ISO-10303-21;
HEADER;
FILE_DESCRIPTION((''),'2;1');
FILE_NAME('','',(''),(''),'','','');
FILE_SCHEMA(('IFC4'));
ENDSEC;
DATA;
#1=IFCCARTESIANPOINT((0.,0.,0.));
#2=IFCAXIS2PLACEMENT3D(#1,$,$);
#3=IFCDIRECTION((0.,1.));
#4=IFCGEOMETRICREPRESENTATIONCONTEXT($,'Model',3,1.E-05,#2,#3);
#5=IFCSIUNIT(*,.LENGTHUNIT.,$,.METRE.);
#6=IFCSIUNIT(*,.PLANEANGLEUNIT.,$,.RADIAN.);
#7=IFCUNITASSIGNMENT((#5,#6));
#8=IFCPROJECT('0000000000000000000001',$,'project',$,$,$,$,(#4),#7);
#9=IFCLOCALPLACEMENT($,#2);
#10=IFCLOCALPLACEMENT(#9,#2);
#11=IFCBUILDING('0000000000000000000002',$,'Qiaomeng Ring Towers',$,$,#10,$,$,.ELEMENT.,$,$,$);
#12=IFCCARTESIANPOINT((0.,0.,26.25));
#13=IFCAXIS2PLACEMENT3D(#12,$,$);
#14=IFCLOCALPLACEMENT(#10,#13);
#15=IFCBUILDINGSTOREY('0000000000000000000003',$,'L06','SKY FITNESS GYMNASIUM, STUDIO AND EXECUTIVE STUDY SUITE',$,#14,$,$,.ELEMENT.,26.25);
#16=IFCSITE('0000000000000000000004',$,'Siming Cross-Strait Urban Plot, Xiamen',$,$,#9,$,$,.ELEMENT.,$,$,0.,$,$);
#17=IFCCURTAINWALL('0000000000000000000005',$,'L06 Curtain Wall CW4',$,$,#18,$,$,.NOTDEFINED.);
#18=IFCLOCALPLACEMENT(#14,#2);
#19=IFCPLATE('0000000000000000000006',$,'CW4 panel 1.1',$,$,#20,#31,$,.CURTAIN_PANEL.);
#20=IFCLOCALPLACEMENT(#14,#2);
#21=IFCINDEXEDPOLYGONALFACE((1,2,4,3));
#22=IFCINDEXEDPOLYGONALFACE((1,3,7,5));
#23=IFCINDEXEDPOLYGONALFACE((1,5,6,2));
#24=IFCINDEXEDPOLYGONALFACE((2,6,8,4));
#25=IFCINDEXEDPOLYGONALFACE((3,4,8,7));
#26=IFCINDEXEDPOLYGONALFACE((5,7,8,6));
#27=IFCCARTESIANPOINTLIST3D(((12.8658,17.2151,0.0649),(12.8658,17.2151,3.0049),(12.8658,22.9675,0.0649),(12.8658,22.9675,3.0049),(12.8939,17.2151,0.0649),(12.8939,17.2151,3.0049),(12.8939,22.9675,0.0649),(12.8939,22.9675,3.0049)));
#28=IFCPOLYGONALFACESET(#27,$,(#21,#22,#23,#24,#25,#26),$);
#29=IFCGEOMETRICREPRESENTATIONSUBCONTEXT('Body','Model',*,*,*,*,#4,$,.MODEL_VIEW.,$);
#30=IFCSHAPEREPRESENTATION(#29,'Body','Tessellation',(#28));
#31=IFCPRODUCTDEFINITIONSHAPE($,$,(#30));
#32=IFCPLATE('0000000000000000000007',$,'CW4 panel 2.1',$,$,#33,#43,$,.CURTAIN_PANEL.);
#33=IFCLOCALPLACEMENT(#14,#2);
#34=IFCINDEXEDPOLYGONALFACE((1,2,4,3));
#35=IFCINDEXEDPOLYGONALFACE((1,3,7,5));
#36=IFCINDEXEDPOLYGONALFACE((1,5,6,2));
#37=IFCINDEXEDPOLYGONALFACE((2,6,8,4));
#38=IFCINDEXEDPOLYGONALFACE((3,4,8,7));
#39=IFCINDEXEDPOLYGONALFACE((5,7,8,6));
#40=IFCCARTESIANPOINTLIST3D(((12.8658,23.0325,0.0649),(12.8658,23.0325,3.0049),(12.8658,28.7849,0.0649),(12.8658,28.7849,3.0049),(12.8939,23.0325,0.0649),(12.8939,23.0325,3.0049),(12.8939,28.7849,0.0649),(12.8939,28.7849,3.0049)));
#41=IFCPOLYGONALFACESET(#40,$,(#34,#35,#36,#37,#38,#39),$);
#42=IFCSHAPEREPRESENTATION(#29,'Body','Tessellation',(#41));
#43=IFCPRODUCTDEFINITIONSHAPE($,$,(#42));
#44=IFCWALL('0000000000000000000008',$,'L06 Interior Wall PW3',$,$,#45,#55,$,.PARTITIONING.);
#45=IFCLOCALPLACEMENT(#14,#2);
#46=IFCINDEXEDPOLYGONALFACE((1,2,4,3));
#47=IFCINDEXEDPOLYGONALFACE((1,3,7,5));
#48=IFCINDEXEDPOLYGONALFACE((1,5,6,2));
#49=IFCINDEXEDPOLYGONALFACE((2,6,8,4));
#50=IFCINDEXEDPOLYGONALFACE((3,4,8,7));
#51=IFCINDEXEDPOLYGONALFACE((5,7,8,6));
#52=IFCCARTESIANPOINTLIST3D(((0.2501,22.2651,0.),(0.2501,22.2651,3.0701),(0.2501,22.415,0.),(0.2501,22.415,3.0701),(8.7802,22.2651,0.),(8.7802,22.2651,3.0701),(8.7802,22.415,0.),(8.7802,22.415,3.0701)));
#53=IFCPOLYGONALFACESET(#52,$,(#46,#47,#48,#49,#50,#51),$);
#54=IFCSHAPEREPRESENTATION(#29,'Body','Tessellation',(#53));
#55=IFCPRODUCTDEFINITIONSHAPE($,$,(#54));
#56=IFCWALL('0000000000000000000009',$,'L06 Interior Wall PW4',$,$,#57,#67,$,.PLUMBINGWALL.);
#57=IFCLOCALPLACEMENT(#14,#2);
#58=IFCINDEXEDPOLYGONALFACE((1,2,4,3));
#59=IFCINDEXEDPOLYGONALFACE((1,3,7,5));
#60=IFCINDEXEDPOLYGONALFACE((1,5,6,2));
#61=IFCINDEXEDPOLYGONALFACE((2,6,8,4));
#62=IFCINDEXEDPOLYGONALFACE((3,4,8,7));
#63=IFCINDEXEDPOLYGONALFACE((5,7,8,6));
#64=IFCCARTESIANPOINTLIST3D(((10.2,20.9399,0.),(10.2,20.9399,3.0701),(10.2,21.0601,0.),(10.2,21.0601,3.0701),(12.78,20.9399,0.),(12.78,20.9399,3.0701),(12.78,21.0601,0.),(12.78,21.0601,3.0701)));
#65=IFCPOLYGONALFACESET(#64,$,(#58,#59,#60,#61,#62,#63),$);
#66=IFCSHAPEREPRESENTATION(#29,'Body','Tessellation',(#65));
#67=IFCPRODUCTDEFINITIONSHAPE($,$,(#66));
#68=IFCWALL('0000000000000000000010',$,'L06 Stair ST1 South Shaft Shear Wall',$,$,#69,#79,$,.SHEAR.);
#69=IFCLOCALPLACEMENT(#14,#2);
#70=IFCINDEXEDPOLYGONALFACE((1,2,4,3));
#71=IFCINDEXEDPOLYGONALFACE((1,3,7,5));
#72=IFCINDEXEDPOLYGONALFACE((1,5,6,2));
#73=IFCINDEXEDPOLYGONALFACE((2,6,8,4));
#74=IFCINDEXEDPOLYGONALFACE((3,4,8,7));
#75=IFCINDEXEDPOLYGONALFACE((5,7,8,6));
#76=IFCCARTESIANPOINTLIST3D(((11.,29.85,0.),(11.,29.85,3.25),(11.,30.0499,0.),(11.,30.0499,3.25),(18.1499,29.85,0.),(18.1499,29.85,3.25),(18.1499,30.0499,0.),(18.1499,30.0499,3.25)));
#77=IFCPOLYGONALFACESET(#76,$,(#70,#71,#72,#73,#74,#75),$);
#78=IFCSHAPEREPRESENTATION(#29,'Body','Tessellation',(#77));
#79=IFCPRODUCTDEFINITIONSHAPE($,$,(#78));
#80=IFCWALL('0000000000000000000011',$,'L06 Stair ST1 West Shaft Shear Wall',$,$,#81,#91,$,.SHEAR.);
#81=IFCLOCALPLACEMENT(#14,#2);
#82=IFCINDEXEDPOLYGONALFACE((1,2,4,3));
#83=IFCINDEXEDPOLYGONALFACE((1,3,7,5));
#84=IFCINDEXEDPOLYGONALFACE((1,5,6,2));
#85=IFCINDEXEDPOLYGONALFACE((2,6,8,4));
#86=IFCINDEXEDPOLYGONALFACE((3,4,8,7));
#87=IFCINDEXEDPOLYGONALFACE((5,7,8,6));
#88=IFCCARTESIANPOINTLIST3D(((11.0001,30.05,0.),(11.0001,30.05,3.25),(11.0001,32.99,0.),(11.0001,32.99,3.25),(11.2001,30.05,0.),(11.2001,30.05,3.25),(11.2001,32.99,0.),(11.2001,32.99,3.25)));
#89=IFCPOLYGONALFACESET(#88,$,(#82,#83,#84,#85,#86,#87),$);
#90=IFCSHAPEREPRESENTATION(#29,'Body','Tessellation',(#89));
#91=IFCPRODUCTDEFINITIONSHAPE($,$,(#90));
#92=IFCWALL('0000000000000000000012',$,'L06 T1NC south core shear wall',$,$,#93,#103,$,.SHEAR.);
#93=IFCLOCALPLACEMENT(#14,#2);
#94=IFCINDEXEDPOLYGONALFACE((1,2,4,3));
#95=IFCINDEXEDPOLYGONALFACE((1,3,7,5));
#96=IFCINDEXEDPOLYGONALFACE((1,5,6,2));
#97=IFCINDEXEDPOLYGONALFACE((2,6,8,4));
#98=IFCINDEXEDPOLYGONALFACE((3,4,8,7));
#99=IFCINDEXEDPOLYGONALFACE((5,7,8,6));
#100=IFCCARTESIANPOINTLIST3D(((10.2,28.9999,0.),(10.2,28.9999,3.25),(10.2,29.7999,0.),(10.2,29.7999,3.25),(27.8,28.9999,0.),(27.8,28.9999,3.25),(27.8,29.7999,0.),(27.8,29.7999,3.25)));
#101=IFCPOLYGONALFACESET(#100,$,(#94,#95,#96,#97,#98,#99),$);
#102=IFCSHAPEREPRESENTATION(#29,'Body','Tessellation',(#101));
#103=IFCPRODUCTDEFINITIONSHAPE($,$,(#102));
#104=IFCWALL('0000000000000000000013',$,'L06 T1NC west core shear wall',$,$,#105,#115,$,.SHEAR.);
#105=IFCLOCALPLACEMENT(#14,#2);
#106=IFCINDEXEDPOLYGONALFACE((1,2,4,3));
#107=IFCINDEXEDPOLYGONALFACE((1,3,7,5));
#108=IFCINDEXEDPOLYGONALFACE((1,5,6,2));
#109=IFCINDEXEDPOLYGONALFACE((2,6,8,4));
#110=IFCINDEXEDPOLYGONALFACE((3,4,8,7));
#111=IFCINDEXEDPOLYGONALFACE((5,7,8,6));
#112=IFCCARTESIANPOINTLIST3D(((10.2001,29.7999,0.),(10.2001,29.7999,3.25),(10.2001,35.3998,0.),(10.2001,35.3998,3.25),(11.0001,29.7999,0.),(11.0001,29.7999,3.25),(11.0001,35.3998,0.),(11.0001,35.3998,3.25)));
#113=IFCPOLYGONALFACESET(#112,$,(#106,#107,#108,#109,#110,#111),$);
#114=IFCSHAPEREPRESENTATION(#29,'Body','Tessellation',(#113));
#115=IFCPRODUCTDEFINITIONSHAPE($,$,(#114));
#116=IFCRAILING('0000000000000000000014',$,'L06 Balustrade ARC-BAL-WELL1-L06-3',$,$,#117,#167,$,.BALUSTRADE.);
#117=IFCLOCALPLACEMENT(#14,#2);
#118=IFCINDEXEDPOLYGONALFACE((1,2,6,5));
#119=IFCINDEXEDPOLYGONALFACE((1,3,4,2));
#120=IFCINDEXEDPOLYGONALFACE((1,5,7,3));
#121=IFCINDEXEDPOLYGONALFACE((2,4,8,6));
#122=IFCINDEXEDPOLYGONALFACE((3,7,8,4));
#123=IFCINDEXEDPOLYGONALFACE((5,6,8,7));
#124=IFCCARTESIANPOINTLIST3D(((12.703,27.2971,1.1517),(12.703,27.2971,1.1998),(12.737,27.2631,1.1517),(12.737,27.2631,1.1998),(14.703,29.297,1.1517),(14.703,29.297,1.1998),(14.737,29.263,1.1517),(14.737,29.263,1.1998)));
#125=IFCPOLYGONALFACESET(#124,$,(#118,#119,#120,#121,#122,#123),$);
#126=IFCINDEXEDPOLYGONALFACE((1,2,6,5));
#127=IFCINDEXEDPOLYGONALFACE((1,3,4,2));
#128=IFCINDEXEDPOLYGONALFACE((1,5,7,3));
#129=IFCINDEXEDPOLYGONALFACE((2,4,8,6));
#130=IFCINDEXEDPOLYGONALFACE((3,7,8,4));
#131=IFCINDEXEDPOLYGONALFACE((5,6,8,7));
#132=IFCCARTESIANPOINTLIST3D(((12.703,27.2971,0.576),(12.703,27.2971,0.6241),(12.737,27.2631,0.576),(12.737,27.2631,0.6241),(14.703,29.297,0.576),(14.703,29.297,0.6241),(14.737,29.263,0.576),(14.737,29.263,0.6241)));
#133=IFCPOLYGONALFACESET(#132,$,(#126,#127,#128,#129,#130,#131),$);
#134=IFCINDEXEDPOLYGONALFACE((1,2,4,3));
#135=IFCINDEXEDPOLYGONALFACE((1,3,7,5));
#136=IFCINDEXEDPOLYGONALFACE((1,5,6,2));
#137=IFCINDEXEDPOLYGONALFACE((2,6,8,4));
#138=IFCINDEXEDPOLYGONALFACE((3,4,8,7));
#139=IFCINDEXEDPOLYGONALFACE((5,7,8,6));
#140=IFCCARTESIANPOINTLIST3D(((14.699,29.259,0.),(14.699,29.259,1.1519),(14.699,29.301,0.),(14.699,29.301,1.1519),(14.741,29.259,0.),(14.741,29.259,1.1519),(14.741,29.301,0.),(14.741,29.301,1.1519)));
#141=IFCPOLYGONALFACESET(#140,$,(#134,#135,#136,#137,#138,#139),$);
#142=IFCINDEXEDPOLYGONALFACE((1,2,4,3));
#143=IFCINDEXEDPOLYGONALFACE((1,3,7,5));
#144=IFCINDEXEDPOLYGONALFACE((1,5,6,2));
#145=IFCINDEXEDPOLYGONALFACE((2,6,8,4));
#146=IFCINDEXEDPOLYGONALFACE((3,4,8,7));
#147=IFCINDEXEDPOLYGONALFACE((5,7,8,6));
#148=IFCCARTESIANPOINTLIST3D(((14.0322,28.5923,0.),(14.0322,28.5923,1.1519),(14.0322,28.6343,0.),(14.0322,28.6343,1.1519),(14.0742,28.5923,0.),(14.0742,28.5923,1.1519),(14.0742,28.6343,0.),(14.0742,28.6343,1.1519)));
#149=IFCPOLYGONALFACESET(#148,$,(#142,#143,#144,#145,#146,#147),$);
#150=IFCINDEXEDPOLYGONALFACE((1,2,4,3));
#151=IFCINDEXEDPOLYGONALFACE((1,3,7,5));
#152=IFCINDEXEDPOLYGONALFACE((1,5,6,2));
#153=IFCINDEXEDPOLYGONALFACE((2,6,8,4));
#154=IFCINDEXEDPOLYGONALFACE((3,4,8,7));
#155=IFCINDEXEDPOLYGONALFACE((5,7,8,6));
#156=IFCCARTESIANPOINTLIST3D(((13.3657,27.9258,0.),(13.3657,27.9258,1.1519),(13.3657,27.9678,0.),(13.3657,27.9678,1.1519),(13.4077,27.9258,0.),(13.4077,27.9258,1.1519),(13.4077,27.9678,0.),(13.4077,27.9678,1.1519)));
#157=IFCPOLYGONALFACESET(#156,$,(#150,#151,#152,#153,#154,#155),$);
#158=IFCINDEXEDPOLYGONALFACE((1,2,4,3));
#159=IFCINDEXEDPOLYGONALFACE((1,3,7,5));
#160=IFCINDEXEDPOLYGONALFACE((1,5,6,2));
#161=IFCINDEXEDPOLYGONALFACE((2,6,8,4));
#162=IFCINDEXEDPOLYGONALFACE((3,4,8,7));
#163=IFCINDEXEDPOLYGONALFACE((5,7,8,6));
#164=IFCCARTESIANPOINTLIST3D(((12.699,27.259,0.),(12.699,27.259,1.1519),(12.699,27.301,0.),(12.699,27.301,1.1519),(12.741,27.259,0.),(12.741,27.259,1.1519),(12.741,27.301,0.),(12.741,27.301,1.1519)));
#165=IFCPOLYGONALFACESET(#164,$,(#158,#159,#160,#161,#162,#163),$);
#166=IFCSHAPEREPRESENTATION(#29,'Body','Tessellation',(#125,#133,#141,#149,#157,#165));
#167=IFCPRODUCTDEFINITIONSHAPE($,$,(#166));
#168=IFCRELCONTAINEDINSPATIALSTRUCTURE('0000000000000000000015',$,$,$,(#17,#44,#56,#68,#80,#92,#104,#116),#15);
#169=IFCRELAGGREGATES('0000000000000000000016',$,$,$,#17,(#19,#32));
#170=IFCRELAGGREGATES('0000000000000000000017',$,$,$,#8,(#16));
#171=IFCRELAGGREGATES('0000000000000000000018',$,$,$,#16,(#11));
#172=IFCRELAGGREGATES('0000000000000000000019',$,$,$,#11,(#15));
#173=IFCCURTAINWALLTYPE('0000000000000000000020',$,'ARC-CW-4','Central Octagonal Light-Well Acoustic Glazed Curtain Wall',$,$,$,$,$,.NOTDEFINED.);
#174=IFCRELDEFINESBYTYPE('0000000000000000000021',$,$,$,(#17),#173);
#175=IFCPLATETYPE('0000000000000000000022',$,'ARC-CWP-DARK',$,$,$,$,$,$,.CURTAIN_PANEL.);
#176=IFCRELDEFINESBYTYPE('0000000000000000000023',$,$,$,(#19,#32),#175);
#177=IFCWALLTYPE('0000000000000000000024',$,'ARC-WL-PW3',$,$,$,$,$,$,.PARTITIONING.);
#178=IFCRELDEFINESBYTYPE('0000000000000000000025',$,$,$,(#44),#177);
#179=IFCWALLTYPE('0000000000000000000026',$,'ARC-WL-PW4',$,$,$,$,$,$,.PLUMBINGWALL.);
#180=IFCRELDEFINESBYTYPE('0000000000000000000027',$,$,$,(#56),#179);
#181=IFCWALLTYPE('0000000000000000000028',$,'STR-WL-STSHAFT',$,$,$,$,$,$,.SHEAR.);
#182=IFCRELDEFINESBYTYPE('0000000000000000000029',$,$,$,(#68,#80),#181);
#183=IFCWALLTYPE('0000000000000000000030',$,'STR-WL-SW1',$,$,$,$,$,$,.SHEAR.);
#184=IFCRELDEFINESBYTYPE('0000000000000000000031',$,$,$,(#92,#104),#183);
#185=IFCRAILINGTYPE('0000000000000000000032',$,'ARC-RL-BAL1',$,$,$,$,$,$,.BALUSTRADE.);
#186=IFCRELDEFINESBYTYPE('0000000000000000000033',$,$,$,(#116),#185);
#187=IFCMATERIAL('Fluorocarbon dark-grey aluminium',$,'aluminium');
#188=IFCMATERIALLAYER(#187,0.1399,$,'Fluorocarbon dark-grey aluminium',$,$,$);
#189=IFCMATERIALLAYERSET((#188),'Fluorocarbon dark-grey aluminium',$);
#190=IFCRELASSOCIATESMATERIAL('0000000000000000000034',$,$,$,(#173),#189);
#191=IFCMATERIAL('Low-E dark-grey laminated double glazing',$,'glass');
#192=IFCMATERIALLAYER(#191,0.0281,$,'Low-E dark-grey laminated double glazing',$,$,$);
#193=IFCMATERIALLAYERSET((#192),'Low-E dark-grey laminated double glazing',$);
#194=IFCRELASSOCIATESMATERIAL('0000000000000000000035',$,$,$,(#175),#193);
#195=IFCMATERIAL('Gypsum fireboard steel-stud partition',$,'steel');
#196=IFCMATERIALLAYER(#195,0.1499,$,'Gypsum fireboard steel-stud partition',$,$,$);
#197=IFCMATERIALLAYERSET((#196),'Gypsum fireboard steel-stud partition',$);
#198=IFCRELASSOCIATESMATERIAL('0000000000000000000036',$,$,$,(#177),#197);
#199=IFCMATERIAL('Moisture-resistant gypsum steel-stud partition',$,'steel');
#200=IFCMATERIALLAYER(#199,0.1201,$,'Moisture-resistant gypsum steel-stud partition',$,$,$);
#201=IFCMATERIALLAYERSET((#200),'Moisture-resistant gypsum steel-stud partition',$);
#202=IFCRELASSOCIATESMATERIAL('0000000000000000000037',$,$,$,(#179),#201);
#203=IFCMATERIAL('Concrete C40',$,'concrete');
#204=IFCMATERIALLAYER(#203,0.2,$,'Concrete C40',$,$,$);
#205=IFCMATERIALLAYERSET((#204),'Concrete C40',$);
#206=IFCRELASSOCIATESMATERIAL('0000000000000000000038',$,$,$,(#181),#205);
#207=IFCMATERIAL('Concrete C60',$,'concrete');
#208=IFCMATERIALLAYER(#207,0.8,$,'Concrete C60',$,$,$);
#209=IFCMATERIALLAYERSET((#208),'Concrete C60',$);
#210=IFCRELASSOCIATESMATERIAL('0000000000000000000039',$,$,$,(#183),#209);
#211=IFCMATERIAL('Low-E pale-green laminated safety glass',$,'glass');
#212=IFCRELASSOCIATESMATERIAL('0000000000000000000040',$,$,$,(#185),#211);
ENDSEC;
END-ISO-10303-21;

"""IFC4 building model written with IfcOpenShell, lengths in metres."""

from ifc_helpers import new_model, si_unit, direction, frame, frame_2d, origin, origin_2d, place, context, subcontext, project, spatial, rectangle, extrude, source, transform, mapped, material, layer, layer_set, type_object, element, aggregate, save


model = new_model("IFC4")

# Units and contexts
model_context = context("Model", 3, precision=1e-05, world=origin(), true_north=direction((0.0, 1.0)))
body_context = subcontext(model_context, "Body", "Model", "MODEL_VIEW")
ifc_project = project(units=[si_unit("LENGTHUNIT", "METRE"), si_unit("PLANEANGLEUNIT", "RADIAN")], contexts=[model_context])

# Site, building, storey
site_placement = place(None, origin())
site = spatial("IfcSite", under=ifc_project, at=site_placement, Name="Siming Cross-Strait Urban Plot, Xiamen", CompositionType="ELEMENT", RefElevation=0.0)
building_placement = place(site_placement, origin())
building = spatial("IfcBuilding", under=site, at=building_placement, Name="Qiaomeng Ring Towers", CompositionType="ELEMENT")
storey_placement = place(building_placement, frame((0.0, 0.0, 26.25)))
storey = spatial("IfcBuildingStorey", under=building, at=storey_placement, Name="L06", Description="SKY FITNESS GYMNASIUM, STUDIO AND EXECUTIVE STUDY SUITE", CompositionType="ELEMENT", Elevation=26.25)

# Shared definitions
ifc_material_1 = material(Name="Concrete C60", Category="concrete")

# Curtain wall
ifc_material_2 = material(Name="Fluorocarbon dark-grey aluminium", Category="aluminium")
ifc_layer_1 = layer(ifc_material_2, 0.1399, Name="Fluorocarbon dark-grey aluminium")
ifc_layer_set_1 = layer_set([ifc_layer_1], Name="Fluorocarbon dark-grey aluminium")
curtain_wall_type = type_object("IfcCurtainWallType", Name="ARC-CW-4", Description="Central Octagonal Light-Well Acoustic Glazed Curtain Wall", PredefinedType="NOTDEFINED", material=ifc_layer_set_1)
curtain_wall_placement = place(storey_placement, origin())
curtain_wall = element("IfcCurtainWall", 1, at=curtain_wall_placement, inside=storey, type_object=curtain_wall_type, Name="L06 Curtain Wall CW4", PredefinedType="NOTDEFINED")

# Plates
ifc_material_3 = material(Name="Low-E dark-grey laminated double glazing", Category="glass")
ifc_layer_2 = layer(ifc_material_3, 0.0281, Name="Low-E dark-grey laminated double glazing")
ifc_layer_set_2 = layer_set([ifc_layer_2], Name="Low-E dark-grey laminated double glazing")
plate_type = type_object("IfcPlateType", Name="ARC-CWP-DARK", PredefinedType="CURTAIN_PANEL", material=ifc_layer_set_2)
shared_shape_1 = source(origin(), body_context, "Body", "SweptSolid", [
    extrude(rectangle(XDim=5.7524, YDim=0.0281, at=origin_2d()), origin(), (0.0, 0.0, 1.0), 2.9399),
])
plate_1_placement = place(storey_placement, frame((12.8799, 20.0913, 0.0649), z_axis=(0.0, 0.0, 1.0), x_axis=(0.0, 1.0, 0.0)))
plate_1 = element("IfcPlate", 2, at=plate_1_placement, type_object=plate_type, Name="CW4 panel 1.1", PredefinedType="CURTAIN_PANEL", context=body_context, shape_type="MappedRepresentation", body=[
    mapped(shared_shape_1, transform((0.0, 0.0, 0.0), x_axis=(1.0, 0.0, 0.0), y_axis=(0.0, 1.0, 0.0), z_axis=(0.0, 0.0, 1.0), scale=1.0)),
])
plate_2_placement = place(storey_placement, frame((12.8799, 25.9087, 0.0649), z_axis=(0.0, 0.0, 1.0), x_axis=(0.0, 1.0, 0.0)))
plate_2 = element("IfcPlate", 3, at=plate_2_placement, type_object=plate_type, Name="CW4 panel 2.1", PredefinedType="CURTAIN_PANEL", context=body_context, shape_type="MappedRepresentation", body=[
    mapped(shared_shape_1, transform((0.0, 0.0, 0.0), x_axis=(1.0, 0.0, 0.0), y_axis=(0.0, 1.0, 0.0), z_axis=(0.0, 0.0, 1.0), scale=1.0)),
])
aggregate(curtain_wall, [plate_1, plate_2])

# Walls
ifc_material_4 = material(Name="Gypsum fireboard steel-stud partition", Category="steel")
ifc_layer_3 = layer(ifc_material_4, 0.1499, Name="Gypsum fireboard steel-stud partition")
ifc_layer_set_3 = layer_set([ifc_layer_3], Name="Gypsum fireboard steel-stud partition")
wall_type_1 = type_object("IfcWallType", Name="ARC-WL-PW3", PredefinedType="PARTITIONING", material=ifc_layer_set_3)
wall_1_placement = place(storey_placement, frame((0.25, 22.3401, 0.0), z_axis=(0.0, 0.0, 1.0), x_axis=(1.0, 0.0, 0.0)))
element("IfcWall", 4, at=wall_1_placement, inside=storey, type_object=wall_type_1, Name="L06 Interior Wall PW3", PredefinedType="PARTITIONING", context=body_context, shape_type="SweptSolid", body=[
    extrude(rectangle(XDim=8.53, YDim=0.1499, at=frame_2d((4.2651, 0.0))), origin(), (0.0, 0.0, 1.0), 3.0701),
])
ifc_material_5 = material(Name="Moisture-resistant gypsum steel-stud partition", Category="steel")
ifc_layer_4 = layer(ifc_material_5, 0.1201, Name="Moisture-resistant gypsum steel-stud partition")
ifc_layer_set_4 = layer_set([ifc_layer_4], Name="Moisture-resistant gypsum steel-stud partition")
wall_type_2 = type_object("IfcWallType", Name="ARC-WL-PW4", PredefinedType="PLUMBINGWALL", material=ifc_layer_set_4)
wall_2_placement = place(storey_placement, frame((10.2, 21.0, 0.0), z_axis=(0.0, 0.0, 1.0), x_axis=(1.0, 0.0, 0.0)))
element("IfcWall", 5, at=wall_2_placement, inside=storey, type_object=wall_type_2, Name="L06 Interior Wall PW4", PredefinedType="PLUMBINGWALL", context=body_context, shape_type="SweptSolid", body=[
    extrude(rectangle(XDim=2.5801, YDim=0.1201, at=frame_2d((1.29, 0.0))), origin(), (0.0, 0.0, 1.0), 3.0701),
])
ifc_material_6 = material(Name="Concrete C40", Category="concrete")
ifc_layer_5 = layer(ifc_material_6, 0.2, Name="Concrete C40")
ifc_layer_set_5 = layer_set([ifc_layer_5], Name="Concrete C40")
wall_type_3 = type_object("IfcWallType", Name="STR-WL-STSHAFT", PredefinedType="SHEAR", material=ifc_layer_set_5)
wall_3_placement = place(storey_placement, frame((11.0, 29.95, 0.0), z_axis=(0.0, 0.0, 1.0), x_axis=(1.0, 0.0, 0.0)))
element("IfcWall", 6, at=wall_3_placement, inside=storey, type_object=wall_type_3, Name="L06 Stair ST1 South Shaft Shear Wall", PredefinedType="SHEAR", context=body_context, shape_type="SweptSolid", body=[
    extrude(rectangle(XDim=7.1499, YDim=0.2, at=frame_2d((3.575, 0.0))), origin(), (0.0, 0.0, 1.0), 3.25),
])
wall_4_placement = place(storey_placement, frame((11.1001, 30.05, 0.0), z_axis=(0.0, 0.0, 1.0), x_axis=(0.0, 1.0, 0.0)))
element("IfcWall", 7, at=wall_4_placement, inside=storey, type_object=wall_type_3, Name="L06 Stair ST1 West Shaft Shear Wall", PredefinedType="SHEAR", context=body_context, shape_type="SweptSolid", body=[
    extrude(rectangle(XDim=2.9399, YDim=0.2, at=frame_2d((1.47, 0.0))), origin(), (0.0, 0.0, 1.0), 3.25),
])
ifc_layer_6 = layer(ifc_material_1, 0.8, Name="Concrete C60")
ifc_layer_set_6 = layer_set([ifc_layer_6], Name="Concrete C60")
wall_type_4 = type_object("IfcWallType", Name="STR-WL-SW1", PredefinedType="SHEAR", material=ifc_layer_set_6)
wall_5_placement = place(storey_placement, frame((10.2, 29.3999, 0.0), z_axis=(0.0, 0.0, 1.0), x_axis=(1.0, 0.0, 0.0)))
element("IfcWall", 8, at=wall_5_placement, inside=storey, type_object=wall_type_4, Name="L06 T1NC south core shear wall", PredefinedType="SHEAR", context=body_context, shape_type="SweptSolid", body=[
    extrude(rectangle(XDim=17.6001, YDim=0.8, at=frame_2d((8.8, 0.0))), origin(), (0.0, 0.0, 1.0), 3.25),
])
wall_6_placement = place(storey_placement, frame((10.6001, 29.8, 0.0), z_axis=(0.0, 0.0, 1.0), x_axis=(0.0, 1.0, 0.0)))
element("IfcWall", 9, at=wall_6_placement, inside=storey, type_object=wall_type_4, Name="L06 T1NC west core shear wall", PredefinedType="SHEAR", context=body_context, shape_type="SweptSolid", body=[
    extrude(rectangle(XDim=5.5999, YDim=0.8, at=frame_2d((2.7998, 0.0))), origin(), (0.0, 0.0, 1.0), 3.25),
])

# Railing
ifc_material_7 = material(Name="Low-E pale-green laminated safety glass", Category="glass")
railing_type_1 = type_object("IfcRailingType", Name="ARC-RL-BAL1", PredefinedType="BALUSTRADE", material=ifc_material_7)
railing_1_placement = place(storey_placement, frame((14.72, 29.28, 0.0)))
element("IfcRailing", 10, at=railing_1_placement, inside=storey, type_object=railing_type_1, Name="L06 Balustrade ARC-BAL-WELL1-L06-3", PredefinedType="BALUSTRADE", context=body_context, shape_type="SweptSolid", body=[
    extrude(rectangle(XDim=0.0481, YDim=0.0481, at=origin_2d()), frame((0.0, 0.0, 1.1758), z_axis=(-0.707107, -0.707107, 0.0), x_axis=(0.707107, -0.707107, 0.0)), (0.0, 0.0, 1.0), 2.8284),
    extrude(rectangle(XDim=0.0481, YDim=0.0481, at=origin_2d()), frame((0.0, 0.0, 0.6001), z_axis=(-0.707107, -0.707107, 0.0), x_axis=(0.707107, -0.707107, 0.0)), (0.0, 0.0, 1.0), 2.8284),
    extrude(rectangle(XDim=0.042, YDim=0.042, at=origin_2d()), origin(), (0.0, 0.0, 1.0), 1.1519),
    extrude(rectangle(XDim=0.042, YDim=0.042, at=origin_2d()), frame((-0.6667, -0.6667, 0.0)), (0.0, 0.0, 1.0), 1.1519),
    extrude(rectangle(XDim=0.042, YDim=0.042, at=origin_2d()), frame((-1.3333, -1.3333, 0.0)), (0.0, 0.0, 1.0), 1.1519),
    extrude(rectangle(XDim=0.042, YDim=0.042, at=origin_2d()), frame((-2.0, -2.0, 0.0)), (0.0, 0.0, 1.0), 1.1519),
])

save(model, "model.ifc")
